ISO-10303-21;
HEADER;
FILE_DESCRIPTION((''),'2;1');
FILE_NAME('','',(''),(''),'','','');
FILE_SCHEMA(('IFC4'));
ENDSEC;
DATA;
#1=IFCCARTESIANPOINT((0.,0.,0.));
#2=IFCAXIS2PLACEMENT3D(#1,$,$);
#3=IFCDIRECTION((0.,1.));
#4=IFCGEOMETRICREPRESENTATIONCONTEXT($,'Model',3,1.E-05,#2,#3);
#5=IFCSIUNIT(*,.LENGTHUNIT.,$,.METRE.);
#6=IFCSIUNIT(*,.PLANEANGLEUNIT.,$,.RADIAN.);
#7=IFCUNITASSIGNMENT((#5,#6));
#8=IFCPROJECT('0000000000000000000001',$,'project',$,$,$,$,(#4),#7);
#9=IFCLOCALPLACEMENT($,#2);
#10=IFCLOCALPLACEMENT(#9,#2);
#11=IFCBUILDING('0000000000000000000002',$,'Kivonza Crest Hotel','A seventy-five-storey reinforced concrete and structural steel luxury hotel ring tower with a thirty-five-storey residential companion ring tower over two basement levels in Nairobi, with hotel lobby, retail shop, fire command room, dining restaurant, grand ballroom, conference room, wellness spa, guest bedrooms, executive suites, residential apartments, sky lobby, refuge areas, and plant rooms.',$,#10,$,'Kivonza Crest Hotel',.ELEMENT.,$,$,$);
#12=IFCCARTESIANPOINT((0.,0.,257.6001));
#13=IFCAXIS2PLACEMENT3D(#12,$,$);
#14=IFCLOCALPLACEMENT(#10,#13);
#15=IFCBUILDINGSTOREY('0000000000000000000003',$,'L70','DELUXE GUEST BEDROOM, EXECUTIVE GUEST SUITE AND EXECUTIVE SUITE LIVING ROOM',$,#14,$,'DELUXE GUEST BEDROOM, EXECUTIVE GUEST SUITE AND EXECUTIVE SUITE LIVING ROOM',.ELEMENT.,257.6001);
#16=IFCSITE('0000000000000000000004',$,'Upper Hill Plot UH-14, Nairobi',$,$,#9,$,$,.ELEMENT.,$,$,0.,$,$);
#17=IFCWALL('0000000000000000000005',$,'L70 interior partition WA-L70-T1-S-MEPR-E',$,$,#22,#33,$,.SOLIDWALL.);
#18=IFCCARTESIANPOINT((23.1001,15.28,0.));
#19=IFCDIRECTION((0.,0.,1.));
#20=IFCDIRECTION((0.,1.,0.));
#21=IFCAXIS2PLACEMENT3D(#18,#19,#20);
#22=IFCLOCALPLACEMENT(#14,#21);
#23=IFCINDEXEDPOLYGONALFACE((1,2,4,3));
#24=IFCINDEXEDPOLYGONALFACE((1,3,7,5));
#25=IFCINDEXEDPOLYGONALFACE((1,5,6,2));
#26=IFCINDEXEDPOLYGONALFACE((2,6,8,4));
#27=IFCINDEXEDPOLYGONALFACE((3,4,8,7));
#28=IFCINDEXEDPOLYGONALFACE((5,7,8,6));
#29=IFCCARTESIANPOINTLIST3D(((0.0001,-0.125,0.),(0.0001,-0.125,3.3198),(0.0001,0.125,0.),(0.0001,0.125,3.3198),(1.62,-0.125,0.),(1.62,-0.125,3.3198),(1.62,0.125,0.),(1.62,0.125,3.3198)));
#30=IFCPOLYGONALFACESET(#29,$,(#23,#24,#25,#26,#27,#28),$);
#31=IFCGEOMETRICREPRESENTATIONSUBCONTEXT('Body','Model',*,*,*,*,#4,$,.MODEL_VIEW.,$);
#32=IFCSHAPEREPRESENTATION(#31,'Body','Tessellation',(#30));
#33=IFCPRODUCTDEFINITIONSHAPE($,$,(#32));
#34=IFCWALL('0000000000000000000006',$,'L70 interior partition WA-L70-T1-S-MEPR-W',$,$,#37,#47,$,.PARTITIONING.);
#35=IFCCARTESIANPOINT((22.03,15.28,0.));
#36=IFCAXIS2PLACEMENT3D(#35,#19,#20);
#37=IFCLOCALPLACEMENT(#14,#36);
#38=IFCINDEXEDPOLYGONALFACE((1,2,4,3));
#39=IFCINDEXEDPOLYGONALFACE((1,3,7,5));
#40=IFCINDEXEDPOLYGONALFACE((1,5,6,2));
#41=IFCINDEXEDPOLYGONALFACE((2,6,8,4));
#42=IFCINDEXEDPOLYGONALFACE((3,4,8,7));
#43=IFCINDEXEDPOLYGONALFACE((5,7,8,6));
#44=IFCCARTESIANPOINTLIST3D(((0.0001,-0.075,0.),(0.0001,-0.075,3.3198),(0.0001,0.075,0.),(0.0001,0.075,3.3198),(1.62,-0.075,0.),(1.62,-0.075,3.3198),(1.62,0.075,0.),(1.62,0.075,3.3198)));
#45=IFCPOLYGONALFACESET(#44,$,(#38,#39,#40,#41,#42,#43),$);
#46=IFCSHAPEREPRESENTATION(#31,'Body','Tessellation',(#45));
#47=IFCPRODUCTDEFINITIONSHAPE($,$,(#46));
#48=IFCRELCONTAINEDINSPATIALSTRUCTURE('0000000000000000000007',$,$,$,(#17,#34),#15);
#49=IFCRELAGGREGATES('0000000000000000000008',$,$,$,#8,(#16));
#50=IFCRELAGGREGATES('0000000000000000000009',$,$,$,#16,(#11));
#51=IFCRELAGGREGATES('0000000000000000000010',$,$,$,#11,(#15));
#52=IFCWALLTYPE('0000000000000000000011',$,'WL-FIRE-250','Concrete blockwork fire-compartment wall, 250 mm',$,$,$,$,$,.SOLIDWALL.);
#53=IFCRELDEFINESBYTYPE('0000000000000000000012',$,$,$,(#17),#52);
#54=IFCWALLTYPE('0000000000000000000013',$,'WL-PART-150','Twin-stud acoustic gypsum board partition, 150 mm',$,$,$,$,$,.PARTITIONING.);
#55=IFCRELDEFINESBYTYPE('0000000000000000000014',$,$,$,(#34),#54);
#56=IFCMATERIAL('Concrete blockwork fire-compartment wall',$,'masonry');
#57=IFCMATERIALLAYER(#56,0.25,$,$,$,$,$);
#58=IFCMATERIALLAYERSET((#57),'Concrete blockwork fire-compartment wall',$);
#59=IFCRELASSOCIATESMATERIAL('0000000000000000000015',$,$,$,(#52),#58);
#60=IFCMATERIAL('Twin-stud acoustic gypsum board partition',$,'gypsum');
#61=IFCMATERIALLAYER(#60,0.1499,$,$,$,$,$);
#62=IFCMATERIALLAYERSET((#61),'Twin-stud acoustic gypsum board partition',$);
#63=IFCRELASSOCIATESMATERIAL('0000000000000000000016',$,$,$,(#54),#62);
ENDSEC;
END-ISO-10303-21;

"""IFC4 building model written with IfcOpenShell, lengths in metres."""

from ifc_helpers import new_model, si_unit, direction, frame, frame_2d, origin, place, context, subcontext, project, spatial, rectangle, extrude, material, layer, layer_set, type_object, element, save


model = new_model("IFC4")

# Units and contexts
model_context = context("Model", 3, precision=1e-05, world=origin(), true_north=direction((0.0, 1.0)))
body_context = subcontext(model_context, "Body", "Model", "MODEL_VIEW")
ifc_project = project(units=[si_unit("LENGTHUNIT", "METRE"), si_unit("PLANEANGLEUNIT", "RADIAN")], contexts=[model_context])

# Site, building, storey
site_placement = place(None, origin())
site = spatial("IfcSite", under=ifc_project, at=site_placement, Name="Upper Hill Plot UH-14, Nairobi", CompositionType="ELEMENT", RefElevation=0.0)
building_placement = place(site_placement, origin())
building = spatial("IfcBuilding", under=site, at=building_placement, Name="Kivonza Crest Hotel", Description="A seventy-five-storey reinforced concrete and structural steel luxury hotel ring tower with a thirty-five-storey residential companion ring tower over two basement levels in Nairobi, with hotel lobby, retail shop, fire command room, dining restaurant, grand ballroom, conference room, wellness spa, guest bedrooms, executive suites, residential apartments, sky lobby, refuge areas, and plant rooms.", LongName="Kivonza Crest Hotel", CompositionType="ELEMENT")
storey_placement = place(building_placement, frame((0.0, 0.0, 257.6001)))
storey = spatial("IfcBuildingStorey", under=building, at=storey_placement, Name="L70", Description="DELUXE GUEST BEDROOM, EXECUTIVE GUEST SUITE AND EXECUTIVE SUITE LIVING ROOM", LongName="DELUXE GUEST BEDROOM, EXECUTIVE GUEST SUITE AND EXECUTIVE SUITE LIVING ROOM", CompositionType="ELEMENT", Elevation=257.6001)

# Walls
ifc_material_1 = material(Name="Concrete blockwork fire-compartment wall", Category="masonry")
ifc_layer_1 = layer(ifc_material_1, 0.25)
ifc_layer_set_1 = layer_set([ifc_layer_1], Name="Concrete blockwork fire-compartment wall")
wall_type_1 = type_object("IfcWallType", Name="WL-FIRE-250", Description="Concrete blockwork fire-compartment wall, 250 mm", PredefinedType="SOLIDWALL", material=ifc_layer_set_1)
wall_1_placement = place(storey_placement, frame((23.1001, 15.28, 0.0), z_axis=(0.0, 0.0, 1.0), x_axis=(0.0, 1.0, 0.0)))
element("IfcWall", 1, at=wall_1_placement, inside=storey, type_object=wall_type_1, Name="L70 interior partition WA-L70-T1-S-MEPR-E", PredefinedType="SOLIDWALL", context=body_context, shape_type="SweptSolid", body=[
    extrude(rectangle(XDim=1.6199, YDim=0.25, at=frame_2d((0.8101, 0.0))), origin(), (0.0, 0.0, 1.0), 3.3198),
])
ifc_material_2 = material(Name="Twin-stud acoustic gypsum board partition", Category="gypsum")
ifc_layer_2 = layer(ifc_material_2, 0.1499)
ifc_layer_set_2 = layer_set([ifc_layer_2], Name="Twin-stud acoustic gypsum board partition")
wall_type_2 = type_object("IfcWallType", Name="WL-PART-150", Description="Twin-stud acoustic gypsum board partition, 150 mm", PredefinedType="PARTITIONING", material=ifc_layer_set_2)
wall_2_placement = place(storey_placement, frame((22.03, 15.28, 0.0), z_axis=(0.0, 0.0, 1.0), x_axis=(0.0, 1.0, 0.0)))
element("IfcWall", 2, at=wall_2_placement, inside=storey, type_object=wall_type_2, Name="L70 interior partition WA-L70-T1-S-MEPR-W", PredefinedType="PARTITIONING", context=body_context, shape_type="SweptSolid", body=[
    extrude(rectangle(XDim=1.6199, YDim=0.1499, at=frame_2d((0.8101, 0.0))), origin(), (0.0, 0.0, 1.0), 3.3198),
])

save(model, "model.ifc")
